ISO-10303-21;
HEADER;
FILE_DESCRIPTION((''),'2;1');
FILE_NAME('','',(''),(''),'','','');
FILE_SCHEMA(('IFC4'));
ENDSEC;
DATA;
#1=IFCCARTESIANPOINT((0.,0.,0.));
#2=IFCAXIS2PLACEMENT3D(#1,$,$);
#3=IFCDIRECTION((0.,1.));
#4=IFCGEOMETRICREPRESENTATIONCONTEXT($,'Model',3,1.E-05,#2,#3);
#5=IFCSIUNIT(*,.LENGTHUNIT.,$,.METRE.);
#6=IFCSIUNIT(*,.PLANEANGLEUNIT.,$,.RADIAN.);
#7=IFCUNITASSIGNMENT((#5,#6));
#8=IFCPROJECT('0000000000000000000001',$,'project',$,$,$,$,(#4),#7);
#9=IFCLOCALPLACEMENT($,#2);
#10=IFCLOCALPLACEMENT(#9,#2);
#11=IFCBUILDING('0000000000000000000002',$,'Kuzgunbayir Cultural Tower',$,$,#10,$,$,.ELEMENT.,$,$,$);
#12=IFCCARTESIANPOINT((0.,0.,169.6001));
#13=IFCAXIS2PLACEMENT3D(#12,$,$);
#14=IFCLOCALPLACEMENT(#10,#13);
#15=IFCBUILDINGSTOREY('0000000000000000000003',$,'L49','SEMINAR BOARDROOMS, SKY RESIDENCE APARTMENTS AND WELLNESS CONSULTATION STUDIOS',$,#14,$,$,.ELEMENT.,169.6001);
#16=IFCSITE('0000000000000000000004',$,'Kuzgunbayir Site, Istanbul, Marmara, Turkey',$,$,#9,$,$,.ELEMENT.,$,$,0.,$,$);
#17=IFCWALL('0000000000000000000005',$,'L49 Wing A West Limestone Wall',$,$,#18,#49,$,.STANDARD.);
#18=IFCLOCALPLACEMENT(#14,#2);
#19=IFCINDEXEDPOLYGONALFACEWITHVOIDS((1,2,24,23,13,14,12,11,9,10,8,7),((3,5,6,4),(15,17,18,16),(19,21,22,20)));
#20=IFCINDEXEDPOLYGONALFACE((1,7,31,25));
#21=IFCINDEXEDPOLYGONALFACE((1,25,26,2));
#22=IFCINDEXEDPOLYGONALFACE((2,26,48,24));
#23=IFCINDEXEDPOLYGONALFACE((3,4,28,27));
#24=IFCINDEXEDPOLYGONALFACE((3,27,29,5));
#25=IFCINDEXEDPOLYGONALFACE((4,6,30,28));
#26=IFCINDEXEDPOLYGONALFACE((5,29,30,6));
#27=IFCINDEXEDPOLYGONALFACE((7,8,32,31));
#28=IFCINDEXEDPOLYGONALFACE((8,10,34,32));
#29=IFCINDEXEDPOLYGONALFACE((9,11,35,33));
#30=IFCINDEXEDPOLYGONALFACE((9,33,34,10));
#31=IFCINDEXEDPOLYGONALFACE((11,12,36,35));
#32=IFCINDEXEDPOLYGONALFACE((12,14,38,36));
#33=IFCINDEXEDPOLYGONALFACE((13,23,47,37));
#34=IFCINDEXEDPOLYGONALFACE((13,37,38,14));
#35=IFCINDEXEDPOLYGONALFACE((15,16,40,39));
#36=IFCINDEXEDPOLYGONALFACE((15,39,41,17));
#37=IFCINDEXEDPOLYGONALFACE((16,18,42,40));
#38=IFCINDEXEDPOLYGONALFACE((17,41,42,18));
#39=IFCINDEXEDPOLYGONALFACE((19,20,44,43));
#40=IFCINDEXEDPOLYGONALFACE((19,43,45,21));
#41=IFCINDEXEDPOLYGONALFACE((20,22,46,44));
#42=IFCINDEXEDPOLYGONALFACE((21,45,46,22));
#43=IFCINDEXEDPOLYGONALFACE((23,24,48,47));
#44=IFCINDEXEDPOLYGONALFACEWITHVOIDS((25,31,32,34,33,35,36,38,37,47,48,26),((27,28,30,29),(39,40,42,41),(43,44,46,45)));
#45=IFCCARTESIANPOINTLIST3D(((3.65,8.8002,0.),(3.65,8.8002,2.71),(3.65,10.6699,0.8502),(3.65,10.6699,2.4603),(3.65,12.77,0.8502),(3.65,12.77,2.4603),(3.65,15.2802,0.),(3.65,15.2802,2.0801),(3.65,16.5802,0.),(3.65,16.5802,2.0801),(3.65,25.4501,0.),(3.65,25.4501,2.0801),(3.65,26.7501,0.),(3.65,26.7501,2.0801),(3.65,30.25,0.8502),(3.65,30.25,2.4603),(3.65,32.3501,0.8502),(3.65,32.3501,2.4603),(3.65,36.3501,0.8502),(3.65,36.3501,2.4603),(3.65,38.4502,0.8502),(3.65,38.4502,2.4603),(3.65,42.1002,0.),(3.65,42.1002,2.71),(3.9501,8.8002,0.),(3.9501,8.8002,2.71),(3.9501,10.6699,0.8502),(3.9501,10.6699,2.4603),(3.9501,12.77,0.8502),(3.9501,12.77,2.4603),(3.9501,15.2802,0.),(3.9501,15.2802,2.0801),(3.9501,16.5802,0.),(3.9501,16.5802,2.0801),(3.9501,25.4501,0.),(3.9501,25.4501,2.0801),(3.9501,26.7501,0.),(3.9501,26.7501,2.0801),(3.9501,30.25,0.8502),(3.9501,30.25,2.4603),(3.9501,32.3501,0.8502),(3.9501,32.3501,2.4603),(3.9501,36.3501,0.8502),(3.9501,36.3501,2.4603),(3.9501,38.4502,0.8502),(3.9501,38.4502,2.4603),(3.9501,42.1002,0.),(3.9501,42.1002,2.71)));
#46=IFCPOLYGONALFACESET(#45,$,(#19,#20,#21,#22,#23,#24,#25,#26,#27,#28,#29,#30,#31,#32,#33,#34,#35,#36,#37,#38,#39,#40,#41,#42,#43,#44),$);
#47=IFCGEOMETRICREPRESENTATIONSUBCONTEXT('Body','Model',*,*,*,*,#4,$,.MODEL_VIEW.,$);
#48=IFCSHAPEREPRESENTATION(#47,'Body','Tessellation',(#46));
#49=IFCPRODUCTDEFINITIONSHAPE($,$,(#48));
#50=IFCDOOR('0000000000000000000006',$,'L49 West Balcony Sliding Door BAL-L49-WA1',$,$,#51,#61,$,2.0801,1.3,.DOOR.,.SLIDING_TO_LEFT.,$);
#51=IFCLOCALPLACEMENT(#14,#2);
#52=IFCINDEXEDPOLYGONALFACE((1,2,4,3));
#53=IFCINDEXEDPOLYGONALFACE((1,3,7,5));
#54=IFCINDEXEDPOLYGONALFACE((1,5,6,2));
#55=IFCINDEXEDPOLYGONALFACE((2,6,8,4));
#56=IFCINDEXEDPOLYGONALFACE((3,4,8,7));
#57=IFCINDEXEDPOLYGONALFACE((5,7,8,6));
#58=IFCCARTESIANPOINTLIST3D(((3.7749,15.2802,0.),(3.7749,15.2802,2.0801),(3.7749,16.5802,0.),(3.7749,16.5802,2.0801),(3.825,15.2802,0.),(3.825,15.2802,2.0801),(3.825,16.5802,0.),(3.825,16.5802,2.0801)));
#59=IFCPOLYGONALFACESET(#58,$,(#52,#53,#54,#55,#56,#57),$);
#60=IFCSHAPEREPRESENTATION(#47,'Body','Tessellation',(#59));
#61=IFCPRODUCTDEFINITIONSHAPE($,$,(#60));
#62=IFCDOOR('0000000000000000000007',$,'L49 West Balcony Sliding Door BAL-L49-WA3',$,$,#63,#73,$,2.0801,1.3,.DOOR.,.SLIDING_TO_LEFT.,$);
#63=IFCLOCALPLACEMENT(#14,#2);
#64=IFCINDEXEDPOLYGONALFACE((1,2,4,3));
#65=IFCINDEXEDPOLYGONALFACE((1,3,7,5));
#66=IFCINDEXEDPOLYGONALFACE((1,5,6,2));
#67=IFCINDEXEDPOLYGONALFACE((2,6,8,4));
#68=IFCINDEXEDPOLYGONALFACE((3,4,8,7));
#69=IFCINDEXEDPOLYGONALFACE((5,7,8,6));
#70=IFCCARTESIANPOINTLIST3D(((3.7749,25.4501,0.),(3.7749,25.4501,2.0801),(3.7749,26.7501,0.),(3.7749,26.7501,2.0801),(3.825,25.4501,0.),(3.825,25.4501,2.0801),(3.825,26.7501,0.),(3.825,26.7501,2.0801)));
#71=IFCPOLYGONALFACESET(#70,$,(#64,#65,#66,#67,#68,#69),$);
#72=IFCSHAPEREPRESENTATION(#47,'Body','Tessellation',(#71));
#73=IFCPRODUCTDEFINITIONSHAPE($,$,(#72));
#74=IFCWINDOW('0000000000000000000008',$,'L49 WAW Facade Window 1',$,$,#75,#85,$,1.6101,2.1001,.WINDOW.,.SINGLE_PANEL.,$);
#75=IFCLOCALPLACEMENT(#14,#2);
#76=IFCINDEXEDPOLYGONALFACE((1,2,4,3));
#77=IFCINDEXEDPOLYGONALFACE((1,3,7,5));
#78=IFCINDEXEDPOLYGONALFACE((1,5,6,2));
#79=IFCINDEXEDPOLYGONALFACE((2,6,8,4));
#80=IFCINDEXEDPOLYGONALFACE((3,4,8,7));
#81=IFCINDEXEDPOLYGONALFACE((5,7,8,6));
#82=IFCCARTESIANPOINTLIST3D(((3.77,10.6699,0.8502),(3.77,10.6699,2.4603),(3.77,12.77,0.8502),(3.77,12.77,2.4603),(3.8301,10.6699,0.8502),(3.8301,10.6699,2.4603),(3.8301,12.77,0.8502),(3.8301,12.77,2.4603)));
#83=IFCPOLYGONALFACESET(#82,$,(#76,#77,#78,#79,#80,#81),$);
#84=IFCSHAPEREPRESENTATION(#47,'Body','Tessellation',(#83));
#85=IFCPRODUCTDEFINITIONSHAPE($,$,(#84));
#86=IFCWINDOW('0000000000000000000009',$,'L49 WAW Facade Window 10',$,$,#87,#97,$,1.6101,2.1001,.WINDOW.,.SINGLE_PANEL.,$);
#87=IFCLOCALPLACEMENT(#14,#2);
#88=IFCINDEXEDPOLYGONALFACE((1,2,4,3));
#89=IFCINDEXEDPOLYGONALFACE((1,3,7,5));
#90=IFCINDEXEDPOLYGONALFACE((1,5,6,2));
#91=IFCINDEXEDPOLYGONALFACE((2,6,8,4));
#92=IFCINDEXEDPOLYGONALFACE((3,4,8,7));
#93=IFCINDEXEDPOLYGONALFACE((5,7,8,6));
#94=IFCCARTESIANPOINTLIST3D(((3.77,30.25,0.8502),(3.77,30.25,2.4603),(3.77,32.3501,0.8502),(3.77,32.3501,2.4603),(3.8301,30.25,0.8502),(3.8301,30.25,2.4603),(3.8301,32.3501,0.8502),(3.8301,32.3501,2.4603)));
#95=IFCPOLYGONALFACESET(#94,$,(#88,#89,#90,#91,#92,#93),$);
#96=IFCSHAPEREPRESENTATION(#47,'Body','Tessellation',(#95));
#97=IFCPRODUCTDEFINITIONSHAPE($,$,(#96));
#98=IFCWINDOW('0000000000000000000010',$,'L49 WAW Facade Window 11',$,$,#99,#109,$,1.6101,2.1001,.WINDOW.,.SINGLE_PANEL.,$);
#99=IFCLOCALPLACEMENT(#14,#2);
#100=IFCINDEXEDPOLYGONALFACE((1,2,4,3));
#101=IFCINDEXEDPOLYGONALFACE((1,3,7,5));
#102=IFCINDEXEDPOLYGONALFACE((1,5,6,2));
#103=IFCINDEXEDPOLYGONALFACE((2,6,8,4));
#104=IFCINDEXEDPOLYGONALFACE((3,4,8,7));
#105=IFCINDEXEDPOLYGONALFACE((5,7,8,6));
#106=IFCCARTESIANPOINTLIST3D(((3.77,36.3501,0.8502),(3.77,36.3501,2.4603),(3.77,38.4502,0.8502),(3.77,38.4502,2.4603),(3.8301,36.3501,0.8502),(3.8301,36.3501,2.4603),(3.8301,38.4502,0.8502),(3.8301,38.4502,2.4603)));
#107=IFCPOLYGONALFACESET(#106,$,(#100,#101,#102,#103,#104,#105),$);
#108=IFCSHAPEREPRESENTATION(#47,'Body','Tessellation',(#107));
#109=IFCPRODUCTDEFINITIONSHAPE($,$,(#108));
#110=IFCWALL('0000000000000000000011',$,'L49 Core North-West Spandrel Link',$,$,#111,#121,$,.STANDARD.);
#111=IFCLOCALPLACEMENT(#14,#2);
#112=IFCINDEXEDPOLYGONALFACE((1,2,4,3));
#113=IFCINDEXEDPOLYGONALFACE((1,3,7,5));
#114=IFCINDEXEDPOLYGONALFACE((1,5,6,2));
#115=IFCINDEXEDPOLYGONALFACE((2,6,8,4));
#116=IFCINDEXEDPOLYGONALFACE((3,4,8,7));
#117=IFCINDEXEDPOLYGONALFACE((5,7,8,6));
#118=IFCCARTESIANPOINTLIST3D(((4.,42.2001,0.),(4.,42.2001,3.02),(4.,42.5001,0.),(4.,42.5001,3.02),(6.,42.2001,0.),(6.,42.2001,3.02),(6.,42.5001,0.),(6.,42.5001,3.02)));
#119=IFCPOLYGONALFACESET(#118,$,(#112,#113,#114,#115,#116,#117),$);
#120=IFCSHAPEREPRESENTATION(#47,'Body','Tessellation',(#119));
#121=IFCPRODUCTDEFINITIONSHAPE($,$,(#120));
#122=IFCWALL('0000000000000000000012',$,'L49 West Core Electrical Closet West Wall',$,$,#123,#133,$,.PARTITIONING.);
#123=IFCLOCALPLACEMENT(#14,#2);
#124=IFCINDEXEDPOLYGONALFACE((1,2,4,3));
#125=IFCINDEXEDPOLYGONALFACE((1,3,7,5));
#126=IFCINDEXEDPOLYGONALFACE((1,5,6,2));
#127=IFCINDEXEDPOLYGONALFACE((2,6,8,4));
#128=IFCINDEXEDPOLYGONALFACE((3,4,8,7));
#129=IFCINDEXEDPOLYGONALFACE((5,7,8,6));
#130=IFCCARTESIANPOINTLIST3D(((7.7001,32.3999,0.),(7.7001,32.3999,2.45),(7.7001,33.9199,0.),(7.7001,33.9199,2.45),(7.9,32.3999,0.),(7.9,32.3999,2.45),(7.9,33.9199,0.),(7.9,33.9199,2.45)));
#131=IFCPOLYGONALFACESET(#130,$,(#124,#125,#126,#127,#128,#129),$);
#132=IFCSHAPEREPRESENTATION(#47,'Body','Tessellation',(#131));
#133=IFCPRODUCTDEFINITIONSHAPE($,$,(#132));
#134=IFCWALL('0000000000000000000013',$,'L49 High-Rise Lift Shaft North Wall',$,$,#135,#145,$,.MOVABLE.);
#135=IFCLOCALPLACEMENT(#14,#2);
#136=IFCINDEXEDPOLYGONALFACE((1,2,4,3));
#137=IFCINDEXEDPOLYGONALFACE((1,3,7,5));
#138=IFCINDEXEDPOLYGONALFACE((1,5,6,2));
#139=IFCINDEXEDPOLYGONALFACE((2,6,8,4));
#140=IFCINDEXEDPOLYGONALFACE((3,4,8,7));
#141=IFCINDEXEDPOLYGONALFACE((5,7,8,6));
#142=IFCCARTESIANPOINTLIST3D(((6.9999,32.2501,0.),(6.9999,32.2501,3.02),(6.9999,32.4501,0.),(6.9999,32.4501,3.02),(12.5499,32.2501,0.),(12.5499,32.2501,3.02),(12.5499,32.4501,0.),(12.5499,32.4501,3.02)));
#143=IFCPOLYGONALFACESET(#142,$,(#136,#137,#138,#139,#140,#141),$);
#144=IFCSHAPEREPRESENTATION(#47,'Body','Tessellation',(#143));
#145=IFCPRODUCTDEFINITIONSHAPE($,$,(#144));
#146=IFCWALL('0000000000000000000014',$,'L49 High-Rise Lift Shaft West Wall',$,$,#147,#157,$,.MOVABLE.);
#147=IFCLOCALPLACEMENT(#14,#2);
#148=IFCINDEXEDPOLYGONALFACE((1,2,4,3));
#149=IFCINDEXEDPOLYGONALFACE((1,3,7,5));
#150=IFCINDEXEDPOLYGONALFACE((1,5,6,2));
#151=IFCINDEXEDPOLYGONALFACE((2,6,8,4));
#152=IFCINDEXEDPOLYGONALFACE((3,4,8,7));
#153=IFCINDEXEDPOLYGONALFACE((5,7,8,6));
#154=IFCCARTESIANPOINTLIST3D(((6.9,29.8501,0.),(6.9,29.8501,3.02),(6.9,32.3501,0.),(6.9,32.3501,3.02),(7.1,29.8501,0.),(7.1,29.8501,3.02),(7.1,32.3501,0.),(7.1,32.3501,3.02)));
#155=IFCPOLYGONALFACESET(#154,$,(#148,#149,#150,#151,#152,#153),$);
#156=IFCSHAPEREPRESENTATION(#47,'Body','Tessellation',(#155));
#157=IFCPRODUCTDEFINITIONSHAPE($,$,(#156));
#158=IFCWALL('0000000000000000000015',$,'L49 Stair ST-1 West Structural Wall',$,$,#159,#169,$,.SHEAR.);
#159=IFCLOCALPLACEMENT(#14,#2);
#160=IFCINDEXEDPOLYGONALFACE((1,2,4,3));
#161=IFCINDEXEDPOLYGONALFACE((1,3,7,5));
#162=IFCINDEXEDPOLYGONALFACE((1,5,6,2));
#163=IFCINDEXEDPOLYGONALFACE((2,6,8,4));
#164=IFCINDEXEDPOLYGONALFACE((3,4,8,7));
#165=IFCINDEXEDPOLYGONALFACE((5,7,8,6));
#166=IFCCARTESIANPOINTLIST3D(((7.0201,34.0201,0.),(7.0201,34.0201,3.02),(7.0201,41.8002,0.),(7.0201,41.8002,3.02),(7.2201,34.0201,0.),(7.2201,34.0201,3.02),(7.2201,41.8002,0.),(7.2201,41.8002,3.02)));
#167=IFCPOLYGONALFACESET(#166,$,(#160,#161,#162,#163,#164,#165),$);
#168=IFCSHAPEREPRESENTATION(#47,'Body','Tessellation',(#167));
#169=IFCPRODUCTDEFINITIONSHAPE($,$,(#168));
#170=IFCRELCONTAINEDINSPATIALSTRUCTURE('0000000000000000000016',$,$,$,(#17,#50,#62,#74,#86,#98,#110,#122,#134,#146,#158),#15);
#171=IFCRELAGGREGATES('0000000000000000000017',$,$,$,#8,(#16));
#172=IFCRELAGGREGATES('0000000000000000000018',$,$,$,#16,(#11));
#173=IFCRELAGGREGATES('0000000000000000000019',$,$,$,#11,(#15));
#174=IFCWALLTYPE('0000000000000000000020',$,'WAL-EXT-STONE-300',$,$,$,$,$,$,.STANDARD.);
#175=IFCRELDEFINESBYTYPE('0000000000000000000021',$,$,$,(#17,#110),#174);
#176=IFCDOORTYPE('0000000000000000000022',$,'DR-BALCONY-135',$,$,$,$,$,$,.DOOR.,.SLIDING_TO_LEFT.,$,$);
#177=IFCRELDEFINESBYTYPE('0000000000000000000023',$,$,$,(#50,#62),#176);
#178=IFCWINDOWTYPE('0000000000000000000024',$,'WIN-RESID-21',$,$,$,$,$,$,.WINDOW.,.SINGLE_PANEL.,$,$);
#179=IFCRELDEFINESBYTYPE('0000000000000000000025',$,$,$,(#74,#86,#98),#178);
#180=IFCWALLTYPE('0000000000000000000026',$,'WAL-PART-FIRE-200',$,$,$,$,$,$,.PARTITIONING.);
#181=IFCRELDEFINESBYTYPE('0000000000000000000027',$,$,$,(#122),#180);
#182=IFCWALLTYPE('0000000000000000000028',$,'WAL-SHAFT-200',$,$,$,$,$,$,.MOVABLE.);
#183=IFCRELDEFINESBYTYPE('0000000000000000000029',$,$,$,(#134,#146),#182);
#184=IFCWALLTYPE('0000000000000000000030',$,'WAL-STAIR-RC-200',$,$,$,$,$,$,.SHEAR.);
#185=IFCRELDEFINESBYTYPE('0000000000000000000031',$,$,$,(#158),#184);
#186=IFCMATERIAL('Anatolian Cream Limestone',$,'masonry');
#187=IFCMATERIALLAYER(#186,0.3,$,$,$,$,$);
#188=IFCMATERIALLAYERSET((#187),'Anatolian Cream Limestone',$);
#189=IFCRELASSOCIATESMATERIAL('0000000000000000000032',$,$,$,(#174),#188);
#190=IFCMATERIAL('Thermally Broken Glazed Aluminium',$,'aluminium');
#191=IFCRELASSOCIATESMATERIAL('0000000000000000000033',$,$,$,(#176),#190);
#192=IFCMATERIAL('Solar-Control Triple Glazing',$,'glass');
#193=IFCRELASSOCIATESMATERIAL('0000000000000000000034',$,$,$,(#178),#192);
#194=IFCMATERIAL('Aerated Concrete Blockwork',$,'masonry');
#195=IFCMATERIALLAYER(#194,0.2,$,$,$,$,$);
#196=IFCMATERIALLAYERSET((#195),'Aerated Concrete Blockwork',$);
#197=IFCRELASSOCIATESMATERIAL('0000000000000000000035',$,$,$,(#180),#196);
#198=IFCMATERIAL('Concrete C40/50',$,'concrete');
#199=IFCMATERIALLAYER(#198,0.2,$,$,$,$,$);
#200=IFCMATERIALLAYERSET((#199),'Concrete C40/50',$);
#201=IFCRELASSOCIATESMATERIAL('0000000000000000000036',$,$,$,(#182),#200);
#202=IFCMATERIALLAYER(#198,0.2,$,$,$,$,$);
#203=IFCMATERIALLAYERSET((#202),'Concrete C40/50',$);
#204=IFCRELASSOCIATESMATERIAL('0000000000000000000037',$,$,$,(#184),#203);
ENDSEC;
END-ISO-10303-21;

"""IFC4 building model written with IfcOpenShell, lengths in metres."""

from ifc_helpers import new_model, si_unit, direction, frame, frame_2d, origin, place, context, subcontext, project, spatial, rectangle, extrude, material, layer, layer_set, type_object, element, fill, save


model = new_model("IFC4")

# Units and contexts
model_context = context("Model", 3, precision=1e-05, world=origin(), true_north=direction((0.0, 1.0)))
body_context = subcontext(model_context, "Body", "Model", "MODEL_VIEW")
ifc_project = project(units=[si_unit("LENGTHUNIT", "METRE"), si_unit("PLANEANGLEUNIT", "RADIAN")], contexts=[model_context])

# Site, building, storey
site_placement = place(None, origin())
site = spatial("IfcSite", under=ifc_project, at=site_placement, Name="Kuzgunbayir Site, Istanbul, Marmara, Turkey", CompositionType="ELEMENT", RefElevation=0.0)
building_placement = place(site_placement, origin())
building = spatial("IfcBuilding", under=site, at=building_placement, Name="Kuzgunbayir Cultural Tower", CompositionType="ELEMENT")
storey_placement = place(building_placement, frame((0.0, 0.0, 169.6001)))
storey = spatial("IfcBuildingStorey", under=building, at=storey_placement, Name="L49", Description="SEMINAR BOARDROOMS, SKY RESIDENCE APARTMENTS AND WELLNESS CONSULTATION STUDIOS", CompositionType="ELEMENT", Elevation=169.6001)

# Wall, openings, doors, windows
ifc_material_1 = material(Name="Anatolian Cream Limestone", Category="masonry")
ifc_layer_1 = layer(ifc_material_1, 0.3)
ifc_layer_set_1 = layer_set([ifc_layer_1], Name="Anatolian Cream Limestone")
wall_type_1 = type_object("IfcWallType", Name="WAL-EXT-STONE-300", PredefinedType="STANDARD", material=ifc_layer_set_1)
wall_1_placement = place(storey_placement, frame((3.8, 42.1001, 0.0), z_axis=(0.0, 0.0, 1.0), x_axis=(0.0, -1.0, 0.0)))
wall_1 = element("IfcWall", 1, at=wall_1_placement, inside=storey, type_object=wall_type_1, Name="L49 Wing A West Limestone Wall", PredefinedType="STANDARD", context=body_context, shape_type="SweptSolid", body=[
    extrude(rectangle(XDim=33.3, YDim=0.3, at=frame_2d((16.6499, 0.0))), origin(), (0.0, 0.0, 1.0), 2.71),
])
opening_1_placement = place(wall_1_placement, frame((25.52, 0.0, 0.0)))
opening_1 = element("IfcOpeningElement", 2, at=opening_1_placement, cuts=wall_1, PredefinedType="OPENING", context=body_context, shape_type="SweptSolid", body=[
    extrude(rectangle(XDim=1.3, YDim=2.0801, at=frame_2d((0.6499, 1.04))), frame((0.0, 0.1602, 0.0), z_axis=(0.0, -1.0, 0.0), x_axis=(1.0, 0.0, 0.0)), (0.0, 0.0, 1.0), 0.3201),
])
opening_2_placement = place(wall_1_placement, frame((15.3501, 0.0, 0.0)))
opening_2 = element("IfcOpeningElement", 3, at=opening_2_placement, cuts=wall_1, PredefinedType="OPENING", context=body_context, shape_type="SweptSolid", body=[
    extrude(rectangle(XDim=1.3, YDim=2.0801, at=frame_2d((0.6499, 1.04))), frame((0.0, 0.1602, 0.0), z_axis=(0.0, -1.0, 0.0), x_axis=(1.0, 0.0, 0.0)), (0.0, 0.0, 1.0), 0.3201),
])
opening_3_placement = place(wall_1_placement, frame((29.3301, 0.0, 0.8501)))
opening_3 = element("IfcOpeningElement", 4, at=opening_3_placement, cuts=wall_1, PredefinedType="OPENING", context=body_context, shape_type="SweptSolid", body=[
    extrude(rectangle(XDim=2.1001, YDim=1.6101, at=frame_2d((1.05, 0.8052))), frame((0.0, 0.1602, 0.0), z_axis=(0.0, -1.0, 0.0), x_axis=(1.0, 0.0, 0.0)), (0.0, 0.0, 1.0), 0.3201),
])
opening_4_placement = place(wall_1_placement, frame((9.75, 0.0, 0.8501)))
opening_4 = element("IfcOpeningElement", 5, at=opening_4_placement, cuts=wall_1, PredefinedType="OPENING", context=body_context, shape_type="SweptSolid", body=[
    extrude(rectangle(XDim=2.1001, YDim=1.6101, at=frame_2d((1.05, 0.8052))), frame((0.0, 0.1602, 0.0), z_axis=(0.0, -1.0, 0.0), x_axis=(1.0, 0.0, 0.0)), (0.0, 0.0, 1.0), 0.3201),
])
opening_5_placement = place(wall_1_placement, frame((3.6499, 0.0, 0.8501)))
opening_5 = element("IfcOpeningElement", 6, at=opening_5_placement, cuts=wall_1, PredefinedType="OPENING", context=body_context, shape_type="SweptSolid", body=[
    extrude(rectangle(XDim=2.1001, YDim=1.6101, at=frame_2d((1.05, 0.8052))), frame((0.0, 0.1602, 0.0), z_axis=(0.0, -1.0, 0.0), x_axis=(1.0, 0.0, 0.0)), (0.0, 0.0, 1.0), 0.3201),
])
ifc_material_2 = material(Name="Thermally Broken Glazed Aluminium", Category="aluminium")
door_type_1 = type_object("IfcDoorType", Name="DR-BALCONY-135", OperationType="SLIDING_TO_LEFT", PredefinedType="DOOR", material=ifc_material_2)
door_1_placement = place(opening_1_placement, origin())
door_1 = element("IfcDoor", 7, at=door_1_placement, inside=storey, type_object=door_type_1, Name="L49 West Balcony Sliding Door BAL-L49-WA1", OperationType="SLIDING_TO_LEFT", OverallHeight=2.0801, OverallWidth=1.3, PredefinedType="DOOR", context=body_context, shape_type="SweptSolid", body=[
    extrude(rectangle(XDim=1.3, YDim=2.0801, at=frame_2d((0.6499, 1.04))), frame((0.0, 0.0249, 0.0), z_axis=(0.0, -1.0, 0.0), x_axis=(1.0, 0.0, 0.0)), (0.0, 0.0, 1.0), 0.05),
])
fill(opening_1, door_1)
door_2_placement = place(opening_2_placement, origin())
door_2 = element("IfcDoor", 8, at=door_2_placement, inside=storey, type_object=door_type_1, Name="L49 West Balcony Sliding Door BAL-L49-WA3", OperationType="SLIDING_TO_LEFT", OverallHeight=2.0801, OverallWidth=1.3, PredefinedType="DOOR", context=body_context, shape_type="SweptSolid", body=[
    extrude(rectangle(XDim=1.3, YDim=2.0801, at=frame_2d((0.6499, 1.04))), frame((0.0, 0.0249, 0.0), z_axis=(0.0, -1.0, 0.0), x_axis=(1.0, 0.0, 0.0)), (0.0, 0.0, 1.0), 0.05),
])
fill(opening_2, door_2)
ifc_material_3 = material(Name="Solar-Control Triple Glazing", Category="glass")
window_type = type_object("IfcWindowType", Name="WIN-RESID-21", PartitioningType="SINGLE_PANEL", PredefinedType="WINDOW", material=ifc_material_3)
window_1_placement = place(opening_3_placement, origin())
window_1 = element("IfcWindow", 9, at=window_1_placement, inside=storey, type_object=window_type, Name="L49 WAW Facade Window 1", OverallHeight=1.6101, OverallWidth=2.1001, PartitioningType="SINGLE_PANEL", PredefinedType="WINDOW", context=body_context, shape_type="SweptSolid", body=[
    extrude(rectangle(XDim=2.1001, YDim=1.6101, at=frame_2d((1.05, 0.8052))), frame((0.0, 0.03, 0.0), z_axis=(0.0, -1.0, 0.0), x_axis=(1.0, 0.0, 0.0)), (0.0, 0.0, 1.0), 0.0601),
])
fill(opening_3, window_1)
window_2_placement = place(opening_4_placement, origin())
window_2 = element("IfcWindow", 10, at=window_2_placement, inside=storey, type_object=window_type, Name="L49 WAW Facade Window 10", OverallHeight=1.6101, OverallWidth=2.1001, PartitioningType="SINGLE_PANEL", PredefinedType="WINDOW", context=body_context, shape_type="SweptSolid", body=[
    extrude(rectangle(XDim=2.1001, YDim=1.6101, at=frame_2d((1.05, 0.8052))), frame((0.0, 0.03, 0.0), z_axis=(0.0, -1.0, 0.0), x_axis=(1.0, 0.0, 0.0)), (0.0, 0.0, 1.0), 0.0601),
])
fill(opening_4, window_2)
window_3_placement = place(opening_5_placement, origin())
window_3 = element("IfcWindow", 11, at=window_3_placement, inside=storey, type_object=window_type, Name="L49 WAW Facade Window 11", OverallHeight=1.6101, OverallWidth=2.1001, PartitioningType="SINGLE_PANEL", PredefinedType="WINDOW", context=body_context, shape_type="SweptSolid", body=[
    extrude(rectangle(XDim=2.1001, YDim=1.6101, at=frame_2d((1.05, 0.8052))), frame((0.0, 0.03, 0.0), z_axis=(0.0, -1.0, 0.0), x_axis=(1.0, 0.0, 0.0)), (0.0, 0.0, 1.0), 0.0601),
])
fill(opening_5, window_3)

# Walls
wall_2_placement = place(storey_placement, frame((6.0, 42.3501, 0.0), z_axis=(0.0, 0.0, 1.0), x_axis=(-1.0, 0.0, 0.0)))
element("IfcWall", 12, at=wall_2_placement, inside=storey, type_object=wall_type_1, Name="L49 Core North-West Spandrel Link", PredefinedType="STANDARD", context=body_context, shape_type="SweptSolid", body=[
    extrude(rectangle(XDim=2.0, YDim=0.3, at=frame_2d((1.0, 0.0))), origin(), (0.0, 0.0, 1.0), 3.02),
])
ifc_material_4 = material(Name="Aerated Concrete Blockwork", Category="masonry")
ifc_layer_2 = layer(ifc_material_4, 0.2)
ifc_layer_set_2 = layer_set([ifc_layer_2], Name="Aerated Concrete Blockwork")
wall_type_2 = type_object("IfcWallType", Name="WAL-PART-FIRE-200", PredefinedType="PARTITIONING", material=ifc_layer_set_2)
wall_3_placement = place(storey_placement, frame((7.8, 32.3999, 0.0), z_axis=(0.0, 0.0, 1.0), x_axis=(0.0, 1.0, 0.0)))
element("IfcWall", 13, at=wall_3_placement, inside=storey, type_object=wall_type_2, Name="L49 West Core Electrical Closet West Wall", PredefinedType="PARTITIONING", context=body_context, shape_type="SweptSolid", body=[
    extrude(rectangle(XDim=1.52, YDim=0.2, at=frame_2d((0.76, 0.0))), origin(), (0.0, 0.0, 1.0), 2.45),
])

# Shared definitions
ifc_material_5 = material(Name="Concrete C40/50", Category="concrete")
ifc_layer_3 = layer(ifc_material_5, 0.2)
ifc_layer_set_3 = layer_set([ifc_layer_3], Name="Concrete C40/50")
wall_type_3 = type_object("IfcWallType", Name="WAL-SHAFT-200", PredefinedType="MOVABLE", material=ifc_layer_set_3)

# Walls
wall_4_placement = place(storey_placement, frame((7.0, 32.3501, 0.0), z_axis=(0.0, 0.0, 1.0), x_axis=(1.0, 0.0, 0.0)))
element("IfcWall", 14, at=wall_4_placement, inside=storey, type_object=wall_type_3, Name="L49 High-Rise Lift Shaft North Wall", PredefinedType="MOVABLE", context=body_context, shape_type="SweptSolid", body=[
    extrude(rectangle(XDim=5.55, YDim=0.2, at=frame_2d((2.7749, 0.0))), origin(), (0.0, 0.0, 1.0), 3.02),
])
wall_5_placement = place(storey_placement, frame((7.0, 29.8501, 0.0), z_axis=(0.0, 0.0, 1.0), x_axis=(0.0, 1.0, 0.0)))
element("IfcWall", 15, at=wall_5_placement, inside=storey, type_object=wall_type_3, Name="L49 High-Rise Lift Shaft West Wall", PredefinedType="MOVABLE", context=body_context, shape_type="SweptSolid", body=[
    extrude(rectangle(XDim=2.5, YDim=0.2, at=frame_2d((1.25, 0.0))), origin(), (0.0, 0.0, 1.0), 3.02),
])
ifc_layer_4 = layer(ifc_material_5, 0.2)
ifc_layer_set_4 = layer_set([ifc_layer_4], Name="Concrete C40/50")
wall_type_4 = type_object("IfcWallType", Name="WAL-STAIR-RC-200", PredefinedType="SHEAR", material=ifc_layer_set_4)
wall_6_placement = place(storey_placement, frame((7.1201, 34.02, 0.0), z_axis=(0.0, 0.0, 1.0), x_axis=(0.0, 1.0, 0.0)))
element("IfcWall", 16, at=wall_6_placement, inside=storey, type_object=wall_type_4, Name="L49 Stair ST-1 West Structural Wall", PredefinedType="SHEAR", context=body_context, shape_type="SweptSolid", body=[
    extrude(rectangle(XDim=7.78, YDim=0.2, at=frame_2d((3.8901, 0.0))), origin(), (0.0, 0.0, 1.0), 3.02),
])

save(model, "model.ifc")
